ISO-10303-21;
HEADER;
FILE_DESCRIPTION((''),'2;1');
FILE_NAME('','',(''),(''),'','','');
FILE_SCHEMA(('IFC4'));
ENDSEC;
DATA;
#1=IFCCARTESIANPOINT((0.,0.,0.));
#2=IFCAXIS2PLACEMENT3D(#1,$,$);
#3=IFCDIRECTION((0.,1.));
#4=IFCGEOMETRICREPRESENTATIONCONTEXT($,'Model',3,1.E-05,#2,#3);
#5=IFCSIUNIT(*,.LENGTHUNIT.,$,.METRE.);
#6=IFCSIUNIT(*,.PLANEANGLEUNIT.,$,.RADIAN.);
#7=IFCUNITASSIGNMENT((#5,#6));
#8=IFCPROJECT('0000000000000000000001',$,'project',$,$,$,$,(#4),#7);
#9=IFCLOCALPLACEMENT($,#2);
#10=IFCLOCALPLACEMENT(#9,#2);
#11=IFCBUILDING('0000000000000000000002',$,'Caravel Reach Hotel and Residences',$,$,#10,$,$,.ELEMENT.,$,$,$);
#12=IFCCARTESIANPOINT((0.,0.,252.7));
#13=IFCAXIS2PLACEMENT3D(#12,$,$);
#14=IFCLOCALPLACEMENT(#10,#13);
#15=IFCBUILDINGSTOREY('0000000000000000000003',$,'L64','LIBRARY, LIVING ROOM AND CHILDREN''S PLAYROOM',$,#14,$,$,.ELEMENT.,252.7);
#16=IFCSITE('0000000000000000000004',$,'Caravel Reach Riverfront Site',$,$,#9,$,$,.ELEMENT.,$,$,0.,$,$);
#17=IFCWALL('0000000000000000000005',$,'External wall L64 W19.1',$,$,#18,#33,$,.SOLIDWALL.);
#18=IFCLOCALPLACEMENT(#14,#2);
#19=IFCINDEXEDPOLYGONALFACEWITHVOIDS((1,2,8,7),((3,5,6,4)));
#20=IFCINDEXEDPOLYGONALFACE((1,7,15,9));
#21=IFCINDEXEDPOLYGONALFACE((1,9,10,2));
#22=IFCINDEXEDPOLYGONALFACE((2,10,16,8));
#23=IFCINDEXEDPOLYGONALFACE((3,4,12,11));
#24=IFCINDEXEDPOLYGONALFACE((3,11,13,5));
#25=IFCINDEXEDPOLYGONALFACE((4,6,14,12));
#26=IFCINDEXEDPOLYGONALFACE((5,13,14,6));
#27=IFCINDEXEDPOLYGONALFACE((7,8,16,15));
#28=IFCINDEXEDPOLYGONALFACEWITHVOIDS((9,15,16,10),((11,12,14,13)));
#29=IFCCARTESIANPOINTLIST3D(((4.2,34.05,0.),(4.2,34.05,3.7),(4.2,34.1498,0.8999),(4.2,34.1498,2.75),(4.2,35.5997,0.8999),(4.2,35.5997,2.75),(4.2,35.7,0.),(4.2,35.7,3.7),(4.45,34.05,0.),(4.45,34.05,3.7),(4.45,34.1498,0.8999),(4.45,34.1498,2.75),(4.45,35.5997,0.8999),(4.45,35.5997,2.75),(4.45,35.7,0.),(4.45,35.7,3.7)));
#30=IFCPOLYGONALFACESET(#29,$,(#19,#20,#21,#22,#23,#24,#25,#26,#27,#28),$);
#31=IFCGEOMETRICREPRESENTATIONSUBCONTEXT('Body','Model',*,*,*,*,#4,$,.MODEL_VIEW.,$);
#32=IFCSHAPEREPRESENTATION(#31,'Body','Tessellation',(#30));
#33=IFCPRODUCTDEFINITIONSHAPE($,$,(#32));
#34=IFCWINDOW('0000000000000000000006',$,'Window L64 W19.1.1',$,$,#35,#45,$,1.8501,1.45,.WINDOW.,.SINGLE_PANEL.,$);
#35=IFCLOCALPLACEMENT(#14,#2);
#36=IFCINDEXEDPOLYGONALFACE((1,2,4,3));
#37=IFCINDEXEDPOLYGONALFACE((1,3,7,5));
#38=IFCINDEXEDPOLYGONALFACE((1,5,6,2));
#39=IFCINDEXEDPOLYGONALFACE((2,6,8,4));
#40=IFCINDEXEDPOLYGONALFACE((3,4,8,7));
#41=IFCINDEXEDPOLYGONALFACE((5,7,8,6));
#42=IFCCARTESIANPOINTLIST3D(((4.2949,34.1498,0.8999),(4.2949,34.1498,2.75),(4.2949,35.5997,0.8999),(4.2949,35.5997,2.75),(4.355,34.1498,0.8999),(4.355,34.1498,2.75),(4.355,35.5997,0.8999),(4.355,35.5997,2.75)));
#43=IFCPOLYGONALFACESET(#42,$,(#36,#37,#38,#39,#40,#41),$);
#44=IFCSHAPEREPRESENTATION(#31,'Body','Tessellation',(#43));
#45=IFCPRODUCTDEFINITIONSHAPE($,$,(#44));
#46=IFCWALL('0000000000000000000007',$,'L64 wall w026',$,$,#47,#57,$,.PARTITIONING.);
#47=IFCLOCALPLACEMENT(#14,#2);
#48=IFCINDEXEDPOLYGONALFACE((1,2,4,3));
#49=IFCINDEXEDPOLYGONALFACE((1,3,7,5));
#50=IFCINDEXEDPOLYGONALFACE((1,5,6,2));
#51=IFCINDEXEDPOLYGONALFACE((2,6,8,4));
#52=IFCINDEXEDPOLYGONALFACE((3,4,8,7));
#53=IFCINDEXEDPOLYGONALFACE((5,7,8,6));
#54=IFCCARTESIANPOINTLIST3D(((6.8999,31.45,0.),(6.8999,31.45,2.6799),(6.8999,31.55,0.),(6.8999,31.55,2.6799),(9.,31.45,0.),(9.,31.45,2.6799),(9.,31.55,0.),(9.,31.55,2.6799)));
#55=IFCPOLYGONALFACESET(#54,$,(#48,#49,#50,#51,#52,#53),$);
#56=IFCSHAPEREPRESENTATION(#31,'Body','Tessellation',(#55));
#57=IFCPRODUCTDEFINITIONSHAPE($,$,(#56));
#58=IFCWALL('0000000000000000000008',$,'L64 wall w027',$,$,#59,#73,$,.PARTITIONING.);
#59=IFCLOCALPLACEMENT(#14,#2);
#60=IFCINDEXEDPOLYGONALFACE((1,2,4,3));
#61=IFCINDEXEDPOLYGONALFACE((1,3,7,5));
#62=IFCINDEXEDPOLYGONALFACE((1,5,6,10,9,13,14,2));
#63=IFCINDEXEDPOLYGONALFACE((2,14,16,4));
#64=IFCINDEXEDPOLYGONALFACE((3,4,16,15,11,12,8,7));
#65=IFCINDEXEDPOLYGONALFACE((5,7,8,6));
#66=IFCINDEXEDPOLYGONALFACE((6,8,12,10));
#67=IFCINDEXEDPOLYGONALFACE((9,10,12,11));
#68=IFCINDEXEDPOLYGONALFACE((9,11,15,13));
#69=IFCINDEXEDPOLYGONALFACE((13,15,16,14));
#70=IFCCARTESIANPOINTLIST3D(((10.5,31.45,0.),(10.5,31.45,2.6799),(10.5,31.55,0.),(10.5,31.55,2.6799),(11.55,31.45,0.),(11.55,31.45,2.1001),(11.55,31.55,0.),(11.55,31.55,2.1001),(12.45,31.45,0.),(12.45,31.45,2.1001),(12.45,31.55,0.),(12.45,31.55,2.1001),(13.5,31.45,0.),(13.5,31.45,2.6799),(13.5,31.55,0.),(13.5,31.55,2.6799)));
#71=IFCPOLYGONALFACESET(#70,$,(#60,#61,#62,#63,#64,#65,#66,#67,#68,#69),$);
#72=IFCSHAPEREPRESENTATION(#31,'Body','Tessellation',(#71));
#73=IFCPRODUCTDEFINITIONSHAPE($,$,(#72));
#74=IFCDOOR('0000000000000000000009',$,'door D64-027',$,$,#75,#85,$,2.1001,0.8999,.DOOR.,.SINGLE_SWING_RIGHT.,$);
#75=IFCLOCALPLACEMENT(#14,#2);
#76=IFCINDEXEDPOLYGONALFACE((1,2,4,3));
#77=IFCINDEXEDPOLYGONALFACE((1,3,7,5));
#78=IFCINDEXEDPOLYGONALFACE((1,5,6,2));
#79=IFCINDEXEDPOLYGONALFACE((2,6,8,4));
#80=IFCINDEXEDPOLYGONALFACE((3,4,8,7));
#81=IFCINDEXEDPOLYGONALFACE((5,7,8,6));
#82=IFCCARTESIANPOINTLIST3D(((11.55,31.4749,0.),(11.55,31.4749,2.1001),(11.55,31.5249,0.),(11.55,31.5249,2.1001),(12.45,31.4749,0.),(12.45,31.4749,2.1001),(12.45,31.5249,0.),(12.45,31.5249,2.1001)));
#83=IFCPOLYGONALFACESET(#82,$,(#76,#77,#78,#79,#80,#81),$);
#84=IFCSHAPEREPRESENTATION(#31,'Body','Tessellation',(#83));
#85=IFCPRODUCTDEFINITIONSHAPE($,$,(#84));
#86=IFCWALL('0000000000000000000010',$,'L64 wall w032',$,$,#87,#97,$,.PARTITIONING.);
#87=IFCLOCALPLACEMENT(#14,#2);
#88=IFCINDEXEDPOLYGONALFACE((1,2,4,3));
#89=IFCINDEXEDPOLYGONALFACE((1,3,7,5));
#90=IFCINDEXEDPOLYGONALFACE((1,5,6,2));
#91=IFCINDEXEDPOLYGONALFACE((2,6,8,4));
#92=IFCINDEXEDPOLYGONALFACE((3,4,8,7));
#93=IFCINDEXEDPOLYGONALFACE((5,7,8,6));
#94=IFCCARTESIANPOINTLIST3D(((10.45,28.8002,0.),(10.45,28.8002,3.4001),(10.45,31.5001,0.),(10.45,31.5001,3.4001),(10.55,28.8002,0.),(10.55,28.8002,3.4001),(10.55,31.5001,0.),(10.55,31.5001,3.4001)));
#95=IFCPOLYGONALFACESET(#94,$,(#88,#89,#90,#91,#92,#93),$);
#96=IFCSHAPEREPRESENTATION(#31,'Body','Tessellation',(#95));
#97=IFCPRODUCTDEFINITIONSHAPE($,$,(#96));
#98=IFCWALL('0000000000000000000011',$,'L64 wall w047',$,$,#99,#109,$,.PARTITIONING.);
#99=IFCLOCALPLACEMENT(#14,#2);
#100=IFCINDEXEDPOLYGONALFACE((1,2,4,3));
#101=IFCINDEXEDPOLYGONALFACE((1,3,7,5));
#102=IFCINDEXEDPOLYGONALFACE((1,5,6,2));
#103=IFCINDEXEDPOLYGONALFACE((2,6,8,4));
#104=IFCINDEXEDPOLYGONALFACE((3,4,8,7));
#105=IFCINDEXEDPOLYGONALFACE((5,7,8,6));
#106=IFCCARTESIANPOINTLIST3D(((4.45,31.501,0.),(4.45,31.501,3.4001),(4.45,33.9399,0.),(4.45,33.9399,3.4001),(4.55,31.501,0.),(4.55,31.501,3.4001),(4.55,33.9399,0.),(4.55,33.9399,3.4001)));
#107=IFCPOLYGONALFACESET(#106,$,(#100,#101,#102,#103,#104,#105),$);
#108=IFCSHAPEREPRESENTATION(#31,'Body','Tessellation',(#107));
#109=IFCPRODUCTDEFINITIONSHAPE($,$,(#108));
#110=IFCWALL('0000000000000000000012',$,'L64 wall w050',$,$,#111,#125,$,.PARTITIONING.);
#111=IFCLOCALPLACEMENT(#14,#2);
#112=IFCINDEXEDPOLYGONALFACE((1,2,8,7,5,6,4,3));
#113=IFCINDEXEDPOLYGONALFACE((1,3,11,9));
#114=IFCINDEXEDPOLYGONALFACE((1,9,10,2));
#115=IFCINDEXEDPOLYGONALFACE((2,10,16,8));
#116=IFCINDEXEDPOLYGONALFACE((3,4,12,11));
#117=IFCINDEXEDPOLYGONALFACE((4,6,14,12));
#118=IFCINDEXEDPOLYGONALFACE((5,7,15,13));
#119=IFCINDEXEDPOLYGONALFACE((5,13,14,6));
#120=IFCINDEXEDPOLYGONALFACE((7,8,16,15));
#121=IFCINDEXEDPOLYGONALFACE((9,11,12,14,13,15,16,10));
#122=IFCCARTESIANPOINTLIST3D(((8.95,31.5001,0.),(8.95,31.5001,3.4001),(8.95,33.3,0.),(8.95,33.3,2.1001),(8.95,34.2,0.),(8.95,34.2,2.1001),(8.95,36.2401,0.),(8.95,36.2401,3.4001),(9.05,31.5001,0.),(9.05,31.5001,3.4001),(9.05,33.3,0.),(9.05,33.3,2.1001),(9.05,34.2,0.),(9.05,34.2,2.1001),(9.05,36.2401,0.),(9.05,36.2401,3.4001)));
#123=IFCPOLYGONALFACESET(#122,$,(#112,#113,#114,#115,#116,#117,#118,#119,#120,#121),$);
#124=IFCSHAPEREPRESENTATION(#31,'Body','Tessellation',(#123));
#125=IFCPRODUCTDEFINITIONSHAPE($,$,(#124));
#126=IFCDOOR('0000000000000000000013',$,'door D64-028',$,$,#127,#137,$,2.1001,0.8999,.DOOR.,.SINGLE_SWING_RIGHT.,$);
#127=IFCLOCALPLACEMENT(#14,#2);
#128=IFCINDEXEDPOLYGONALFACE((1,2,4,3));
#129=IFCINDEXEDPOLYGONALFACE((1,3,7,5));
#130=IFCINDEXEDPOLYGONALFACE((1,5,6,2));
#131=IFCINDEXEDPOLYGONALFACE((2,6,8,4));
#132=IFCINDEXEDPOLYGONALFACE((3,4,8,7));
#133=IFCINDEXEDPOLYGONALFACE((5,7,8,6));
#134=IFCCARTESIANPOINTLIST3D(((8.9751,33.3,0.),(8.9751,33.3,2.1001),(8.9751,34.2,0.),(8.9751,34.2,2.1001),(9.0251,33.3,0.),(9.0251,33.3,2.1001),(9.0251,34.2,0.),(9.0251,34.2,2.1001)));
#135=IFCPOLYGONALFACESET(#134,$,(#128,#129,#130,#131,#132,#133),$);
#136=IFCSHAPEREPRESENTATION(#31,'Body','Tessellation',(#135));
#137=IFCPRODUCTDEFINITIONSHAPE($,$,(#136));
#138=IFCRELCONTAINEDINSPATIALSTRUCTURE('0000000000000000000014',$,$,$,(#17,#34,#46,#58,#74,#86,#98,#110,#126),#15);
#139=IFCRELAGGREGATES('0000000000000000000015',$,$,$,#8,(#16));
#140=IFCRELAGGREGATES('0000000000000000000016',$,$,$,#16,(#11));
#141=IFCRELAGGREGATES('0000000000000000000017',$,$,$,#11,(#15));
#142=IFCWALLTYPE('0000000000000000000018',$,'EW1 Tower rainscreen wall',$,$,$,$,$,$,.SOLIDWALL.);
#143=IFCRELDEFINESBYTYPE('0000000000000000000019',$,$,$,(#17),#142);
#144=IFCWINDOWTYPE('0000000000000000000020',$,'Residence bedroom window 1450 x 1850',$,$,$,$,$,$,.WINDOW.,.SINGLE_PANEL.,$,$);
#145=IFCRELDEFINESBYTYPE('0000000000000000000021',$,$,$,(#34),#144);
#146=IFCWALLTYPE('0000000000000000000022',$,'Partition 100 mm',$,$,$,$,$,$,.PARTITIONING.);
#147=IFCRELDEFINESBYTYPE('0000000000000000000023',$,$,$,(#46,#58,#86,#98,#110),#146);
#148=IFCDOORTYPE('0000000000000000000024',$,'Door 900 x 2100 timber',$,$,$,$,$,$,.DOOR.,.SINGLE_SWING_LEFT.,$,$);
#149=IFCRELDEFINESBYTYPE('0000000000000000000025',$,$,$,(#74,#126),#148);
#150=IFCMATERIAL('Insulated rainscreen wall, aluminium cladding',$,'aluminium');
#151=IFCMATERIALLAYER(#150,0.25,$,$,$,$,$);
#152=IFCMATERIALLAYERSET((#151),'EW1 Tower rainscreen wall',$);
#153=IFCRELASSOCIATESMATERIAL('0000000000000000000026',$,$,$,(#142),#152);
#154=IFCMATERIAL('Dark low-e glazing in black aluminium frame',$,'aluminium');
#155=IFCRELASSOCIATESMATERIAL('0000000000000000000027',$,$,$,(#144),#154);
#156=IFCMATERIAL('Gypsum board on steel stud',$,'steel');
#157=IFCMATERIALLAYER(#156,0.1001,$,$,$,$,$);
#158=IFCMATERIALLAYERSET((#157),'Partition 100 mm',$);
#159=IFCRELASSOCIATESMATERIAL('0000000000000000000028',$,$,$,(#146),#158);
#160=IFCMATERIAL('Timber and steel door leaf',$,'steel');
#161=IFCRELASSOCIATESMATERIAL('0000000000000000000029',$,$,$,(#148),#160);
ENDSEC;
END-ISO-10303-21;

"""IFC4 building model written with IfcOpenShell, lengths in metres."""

from ifc_helpers import new_model, si_unit, direction, frame, frame_2d, origin, place, context, subcontext, project, spatial, rectangle, extrude, material, layer, layer_set, type_object, element, fill, save


model = new_model("IFC4")

# Units and contexts
model_context = context("Model", 3, precision=1e-05, world=origin(), true_north=direction((0.0, 1.0)))
body_context = subcontext(model_context, "Body", "Model", "MODEL_VIEW")
ifc_project = project(units=[si_unit("LENGTHUNIT", "METRE"), si_unit("PLANEANGLEUNIT", "RADIAN")], contexts=[model_context])

# Site, building, storey
site_placement = place(None, origin())
site = spatial("IfcSite", under=ifc_project, at=site_placement, Name="Caravel Reach Riverfront Site", CompositionType="ELEMENT", RefElevation=0.0)
building_placement = place(site_placement, origin())
building = spatial("IfcBuilding", under=site, at=building_placement, Name="Caravel Reach Hotel and Residences", CompositionType="ELEMENT")
storey_placement = place(building_placement, frame((0.0, 0.0, 252.7)))
storey = spatial("IfcBuildingStorey", under=building, at=storey_placement, Name="L64", Description="LIBRARY, LIVING ROOM AND CHILDREN'S PLAYROOM", CompositionType="ELEMENT", Elevation=252.7)

# Wall, opening, window
ifc_material_1 = material(Name="Insulated rainscreen wall, aluminium cladding", Category="aluminium")
ifc_layer_1 = layer(ifc_material_1, 0.25)
ifc_layer_set_1 = layer_set([ifc_layer_1], Name="EW1 Tower rainscreen wall")
wall_type_1 = type_object("IfcWallType", Name="EW1 Tower rainscreen wall", PredefinedType="SOLIDWALL", material=ifc_layer_set_1)
wall_1_placement = place(storey_placement, frame((4.325, 35.7, 0.0), z_axis=(0.0, 0.0, 1.0), x_axis=(0.0, -1.0, 0.0)))
wall_1 = element("IfcWall", 1, at=wall_1_placement, inside=storey, type_object=wall_type_1, Name="External wall L64 W19.1", PredefinedType="SOLIDWALL", context=body_context, shape_type="SweptSolid", body=[
    extrude(rectangle(XDim=1.6499, YDim=0.25, at=frame_2d((0.825, 0.0))), origin(), (0.0, 0.0, 1.0), 3.7),
])
opening_1_placement = place(wall_1_placement, frame((0.1001, 0.0, 0.8999)))
opening_1 = element("IfcOpeningElement", 2, at=opening_1_placement, cuts=wall_1, PredefinedType="OPENING", context=body_context, shape_type="SweptSolid", body=[
    extrude(rectangle(XDim=1.45, YDim=1.8501, at=frame_2d((0.7251, 0.925))), frame((0.0, 0.135, 0.0), z_axis=(0.0, -1.0, 0.0), x_axis=(1.0, 0.0, 0.0)), (0.0, 0.0, 1.0), 0.27),
])
ifc_material_2 = material(Name="Dark low-e glazing in black aluminium frame", Category="aluminium")
window_type = type_object("IfcWindowType", Name="Residence bedroom window 1450 x 1850", PartitioningType="SINGLE_PANEL", PredefinedType="WINDOW", material=ifc_material_2)
window_placement = place(opening_1_placement, origin())
window = element("IfcWindow", 3, at=window_placement, inside=storey, type_object=window_type, Name="Window L64 W19.1.1", OverallHeight=1.8501, OverallWidth=1.45, PartitioningType="SINGLE_PANEL", PredefinedType="WINDOW", context=body_context, shape_type="SweptSolid", body=[
    extrude(rectangle(XDim=1.45, YDim=1.8501, at=frame_2d((0.7251, 0.925))), frame((0.0, 0.03, 0.0), z_axis=(0.0, -1.0, 0.0), x_axis=(1.0, 0.0, 0.0)), (0.0, 0.0, 1.0), 0.0601),
])
fill(opening_1, window)

# Wall
ifc_material_3 = material(Name="Gypsum board on steel stud", Category="steel")
ifc_layer_2 = layer(ifc_material_3, 0.1001)
ifc_layer_set_2 = layer_set([ifc_layer_2], Name="Partition 100 mm")
wall_type_2 = type_object("IfcWallType", Name="Partition 100 mm", PredefinedType="PARTITIONING", material=ifc_layer_set_2)
wall_2_placement = place(storey_placement, frame((6.8999, 31.5, 0.0), z_axis=(0.0, 0.0, 1.0), x_axis=(1.0, 0.0, 0.0)))
element("IfcWall", 4, at=wall_2_placement, inside=storey, type_object=wall_type_2, Name="L64 wall w026", PredefinedType="PARTITIONING", context=body_context, shape_type="SweptSolid", body=[
    extrude(rectangle(XDim=2.1001, YDim=0.1001, at=frame_2d((1.05, 0.0))), origin(), (0.0, 0.0, 1.0), 2.6799),
])

# Wall, opening, door
wall_3_placement = place(storey_placement, frame((10.5, 31.5, 0.0), z_axis=(0.0, 0.0, 1.0), x_axis=(1.0, 0.0, 0.0)))
wall_3 = element("IfcWall", 5, at=wall_3_placement, inside=storey, type_object=wall_type_2, Name="L64 wall w027", PredefinedType="PARTITIONING", context=body_context, shape_type="SweptSolid", body=[
    extrude(rectangle(XDim=3.0, YDim=0.1001, at=frame_2d((1.5, 0.0))), origin(), (0.0, 0.0, 1.0), 2.6799),
])
opening_2_placement = place(wall_3_placement, frame((1.05, 0.0, 0.0)))
opening_2 = element("IfcOpeningElement", 6, at=opening_2_placement, cuts=wall_3, PredefinedType="OPENING", context=body_context, shape_type="SweptSolid", body=[
    extrude(rectangle(XDim=0.8999, YDim=2.1001, at=frame_2d((0.45, 1.05))), frame((0.0, 0.0601, 0.0), z_axis=(0.0, -1.0, 0.0), x_axis=(1.0, 0.0, 0.0)), (0.0, 0.0, 1.0), 0.1201),
])
ifc_material_4 = material(Name="Timber and steel door leaf", Category="steel")
door_type_1 = type_object("IfcDoorType", Name="Door 900 x 2100 timber", OperationType="SINGLE_SWING_LEFT", PredefinedType="DOOR", material=ifc_material_4)
door_1_placement = place(opening_2_placement, origin())
door_1 = element("IfcDoor", 7, at=door_1_placement, inside=storey, type_object=door_type_1, Name="door D64-027", OperationType="SINGLE_SWING_RIGHT", OverallHeight=2.1001, OverallWidth=0.8999, PredefinedType="DOOR", context=body_context, shape_type="SweptSolid", body=[
    extrude(rectangle(XDim=0.8999, YDim=2.1001, at=frame_2d((0.45, 1.05))), frame((0.0, 0.0249, 0.0), z_axis=(0.0, -1.0, 0.0), x_axis=(1.0, 0.0, 0.0)), (0.0, 0.0, 1.0), 0.05),
])
fill(opening_2, door_1)

# Walls
wall_4_placement = place(storey_placement, frame((10.5, 28.8, 0.0), z_axis=(0.0, 0.0, 1.0), x_axis=(0.0, 1.0, 0.0)))
element("IfcWall", 8, at=wall_4_placement, inside=storey, type_object=wall_type_2, Name="L64 wall w032", PredefinedType="PARTITIONING", context=body_context, shape_type="SweptSolid", body=[
    extrude(rectangle(XDim=2.7, YDim=0.1001, at=frame_2d((1.3501, 0.0))), origin(), (0.0, 0.0, 1.0), 3.4001),
])
wall_5_placement = place(storey_placement, frame((4.5, 31.501, 0.0), z_axis=(0.0, 0.0, 1.0), x_axis=(0.0, 1.0, 0.0)))
element("IfcWall", 9, at=wall_5_placement, inside=storey, type_object=wall_type_2, Name="L64 wall w047", PredefinedType="PARTITIONING", context=body_context, shape_type="SweptSolid", body=[
    extrude(rectangle(XDim=2.439, YDim=0.1001, at=frame_2d((1.2195, 0.0))), origin(), (0.0, 0.0, 1.0), 3.4001),
])

# Wall, opening, door
wall_6_placement = place(storey_placement, frame((9.0, 31.5, 0.0), z_axis=(0.0, 0.0, 1.0), x_axis=(0.0, 1.0, 0.0)))
wall_6 = element("IfcWall", 10, at=wall_6_placement, inside=storey, type_object=wall_type_2, Name="L64 wall w050", PredefinedType="PARTITIONING", context=body_context, shape_type="SweptSolid", body=[
    extrude(rectangle(XDim=4.74, YDim=0.1001, at=frame_2d((2.3701, 0.0))), origin(), (0.0, 0.0, 1.0), 3.4001),
])
opening_3_placement = place(wall_6_placement, frame((1.8, 0.0, 0.0)))
opening_3 = element("IfcOpeningElement", 11, at=opening_3_placement, cuts=wall_6, PredefinedType="OPENING", context=body_context, shape_type="SweptSolid", body=[
    extrude(rectangle(XDim=0.8999, YDim=2.1001, at=frame_2d((0.45, 1.05))), frame((0.0, 0.0601, 0.0), z_axis=(0.0, -1.0, 0.0), x_axis=(1.0, 0.0, 0.0)), (0.0, 0.0, 1.0), 0.1201),
])
door_2_placement = place(opening_3_placement, origin())
door_2 = element("IfcDoor", 12, at=door_2_placement, inside=storey, type_object=door_type_1, Name="door D64-028", OperationType="SINGLE_SWING_RIGHT", OverallHeight=2.1001, OverallWidth=0.8999, PredefinedType="DOOR", context=body_context, shape_type="SweptSolid", body=[
    extrude(rectangle(XDim=0.8999, YDim=2.1001, at=frame_2d((0.45, 1.05))), frame((0.0, 0.0249, 0.0), z_axis=(0.0, -1.0, 0.0), x_axis=(1.0, 0.0, 0.0)), (0.0, 0.0, 1.0), 0.05),
])
fill(opening_3, door_2)

save(model, "model.ifc")
